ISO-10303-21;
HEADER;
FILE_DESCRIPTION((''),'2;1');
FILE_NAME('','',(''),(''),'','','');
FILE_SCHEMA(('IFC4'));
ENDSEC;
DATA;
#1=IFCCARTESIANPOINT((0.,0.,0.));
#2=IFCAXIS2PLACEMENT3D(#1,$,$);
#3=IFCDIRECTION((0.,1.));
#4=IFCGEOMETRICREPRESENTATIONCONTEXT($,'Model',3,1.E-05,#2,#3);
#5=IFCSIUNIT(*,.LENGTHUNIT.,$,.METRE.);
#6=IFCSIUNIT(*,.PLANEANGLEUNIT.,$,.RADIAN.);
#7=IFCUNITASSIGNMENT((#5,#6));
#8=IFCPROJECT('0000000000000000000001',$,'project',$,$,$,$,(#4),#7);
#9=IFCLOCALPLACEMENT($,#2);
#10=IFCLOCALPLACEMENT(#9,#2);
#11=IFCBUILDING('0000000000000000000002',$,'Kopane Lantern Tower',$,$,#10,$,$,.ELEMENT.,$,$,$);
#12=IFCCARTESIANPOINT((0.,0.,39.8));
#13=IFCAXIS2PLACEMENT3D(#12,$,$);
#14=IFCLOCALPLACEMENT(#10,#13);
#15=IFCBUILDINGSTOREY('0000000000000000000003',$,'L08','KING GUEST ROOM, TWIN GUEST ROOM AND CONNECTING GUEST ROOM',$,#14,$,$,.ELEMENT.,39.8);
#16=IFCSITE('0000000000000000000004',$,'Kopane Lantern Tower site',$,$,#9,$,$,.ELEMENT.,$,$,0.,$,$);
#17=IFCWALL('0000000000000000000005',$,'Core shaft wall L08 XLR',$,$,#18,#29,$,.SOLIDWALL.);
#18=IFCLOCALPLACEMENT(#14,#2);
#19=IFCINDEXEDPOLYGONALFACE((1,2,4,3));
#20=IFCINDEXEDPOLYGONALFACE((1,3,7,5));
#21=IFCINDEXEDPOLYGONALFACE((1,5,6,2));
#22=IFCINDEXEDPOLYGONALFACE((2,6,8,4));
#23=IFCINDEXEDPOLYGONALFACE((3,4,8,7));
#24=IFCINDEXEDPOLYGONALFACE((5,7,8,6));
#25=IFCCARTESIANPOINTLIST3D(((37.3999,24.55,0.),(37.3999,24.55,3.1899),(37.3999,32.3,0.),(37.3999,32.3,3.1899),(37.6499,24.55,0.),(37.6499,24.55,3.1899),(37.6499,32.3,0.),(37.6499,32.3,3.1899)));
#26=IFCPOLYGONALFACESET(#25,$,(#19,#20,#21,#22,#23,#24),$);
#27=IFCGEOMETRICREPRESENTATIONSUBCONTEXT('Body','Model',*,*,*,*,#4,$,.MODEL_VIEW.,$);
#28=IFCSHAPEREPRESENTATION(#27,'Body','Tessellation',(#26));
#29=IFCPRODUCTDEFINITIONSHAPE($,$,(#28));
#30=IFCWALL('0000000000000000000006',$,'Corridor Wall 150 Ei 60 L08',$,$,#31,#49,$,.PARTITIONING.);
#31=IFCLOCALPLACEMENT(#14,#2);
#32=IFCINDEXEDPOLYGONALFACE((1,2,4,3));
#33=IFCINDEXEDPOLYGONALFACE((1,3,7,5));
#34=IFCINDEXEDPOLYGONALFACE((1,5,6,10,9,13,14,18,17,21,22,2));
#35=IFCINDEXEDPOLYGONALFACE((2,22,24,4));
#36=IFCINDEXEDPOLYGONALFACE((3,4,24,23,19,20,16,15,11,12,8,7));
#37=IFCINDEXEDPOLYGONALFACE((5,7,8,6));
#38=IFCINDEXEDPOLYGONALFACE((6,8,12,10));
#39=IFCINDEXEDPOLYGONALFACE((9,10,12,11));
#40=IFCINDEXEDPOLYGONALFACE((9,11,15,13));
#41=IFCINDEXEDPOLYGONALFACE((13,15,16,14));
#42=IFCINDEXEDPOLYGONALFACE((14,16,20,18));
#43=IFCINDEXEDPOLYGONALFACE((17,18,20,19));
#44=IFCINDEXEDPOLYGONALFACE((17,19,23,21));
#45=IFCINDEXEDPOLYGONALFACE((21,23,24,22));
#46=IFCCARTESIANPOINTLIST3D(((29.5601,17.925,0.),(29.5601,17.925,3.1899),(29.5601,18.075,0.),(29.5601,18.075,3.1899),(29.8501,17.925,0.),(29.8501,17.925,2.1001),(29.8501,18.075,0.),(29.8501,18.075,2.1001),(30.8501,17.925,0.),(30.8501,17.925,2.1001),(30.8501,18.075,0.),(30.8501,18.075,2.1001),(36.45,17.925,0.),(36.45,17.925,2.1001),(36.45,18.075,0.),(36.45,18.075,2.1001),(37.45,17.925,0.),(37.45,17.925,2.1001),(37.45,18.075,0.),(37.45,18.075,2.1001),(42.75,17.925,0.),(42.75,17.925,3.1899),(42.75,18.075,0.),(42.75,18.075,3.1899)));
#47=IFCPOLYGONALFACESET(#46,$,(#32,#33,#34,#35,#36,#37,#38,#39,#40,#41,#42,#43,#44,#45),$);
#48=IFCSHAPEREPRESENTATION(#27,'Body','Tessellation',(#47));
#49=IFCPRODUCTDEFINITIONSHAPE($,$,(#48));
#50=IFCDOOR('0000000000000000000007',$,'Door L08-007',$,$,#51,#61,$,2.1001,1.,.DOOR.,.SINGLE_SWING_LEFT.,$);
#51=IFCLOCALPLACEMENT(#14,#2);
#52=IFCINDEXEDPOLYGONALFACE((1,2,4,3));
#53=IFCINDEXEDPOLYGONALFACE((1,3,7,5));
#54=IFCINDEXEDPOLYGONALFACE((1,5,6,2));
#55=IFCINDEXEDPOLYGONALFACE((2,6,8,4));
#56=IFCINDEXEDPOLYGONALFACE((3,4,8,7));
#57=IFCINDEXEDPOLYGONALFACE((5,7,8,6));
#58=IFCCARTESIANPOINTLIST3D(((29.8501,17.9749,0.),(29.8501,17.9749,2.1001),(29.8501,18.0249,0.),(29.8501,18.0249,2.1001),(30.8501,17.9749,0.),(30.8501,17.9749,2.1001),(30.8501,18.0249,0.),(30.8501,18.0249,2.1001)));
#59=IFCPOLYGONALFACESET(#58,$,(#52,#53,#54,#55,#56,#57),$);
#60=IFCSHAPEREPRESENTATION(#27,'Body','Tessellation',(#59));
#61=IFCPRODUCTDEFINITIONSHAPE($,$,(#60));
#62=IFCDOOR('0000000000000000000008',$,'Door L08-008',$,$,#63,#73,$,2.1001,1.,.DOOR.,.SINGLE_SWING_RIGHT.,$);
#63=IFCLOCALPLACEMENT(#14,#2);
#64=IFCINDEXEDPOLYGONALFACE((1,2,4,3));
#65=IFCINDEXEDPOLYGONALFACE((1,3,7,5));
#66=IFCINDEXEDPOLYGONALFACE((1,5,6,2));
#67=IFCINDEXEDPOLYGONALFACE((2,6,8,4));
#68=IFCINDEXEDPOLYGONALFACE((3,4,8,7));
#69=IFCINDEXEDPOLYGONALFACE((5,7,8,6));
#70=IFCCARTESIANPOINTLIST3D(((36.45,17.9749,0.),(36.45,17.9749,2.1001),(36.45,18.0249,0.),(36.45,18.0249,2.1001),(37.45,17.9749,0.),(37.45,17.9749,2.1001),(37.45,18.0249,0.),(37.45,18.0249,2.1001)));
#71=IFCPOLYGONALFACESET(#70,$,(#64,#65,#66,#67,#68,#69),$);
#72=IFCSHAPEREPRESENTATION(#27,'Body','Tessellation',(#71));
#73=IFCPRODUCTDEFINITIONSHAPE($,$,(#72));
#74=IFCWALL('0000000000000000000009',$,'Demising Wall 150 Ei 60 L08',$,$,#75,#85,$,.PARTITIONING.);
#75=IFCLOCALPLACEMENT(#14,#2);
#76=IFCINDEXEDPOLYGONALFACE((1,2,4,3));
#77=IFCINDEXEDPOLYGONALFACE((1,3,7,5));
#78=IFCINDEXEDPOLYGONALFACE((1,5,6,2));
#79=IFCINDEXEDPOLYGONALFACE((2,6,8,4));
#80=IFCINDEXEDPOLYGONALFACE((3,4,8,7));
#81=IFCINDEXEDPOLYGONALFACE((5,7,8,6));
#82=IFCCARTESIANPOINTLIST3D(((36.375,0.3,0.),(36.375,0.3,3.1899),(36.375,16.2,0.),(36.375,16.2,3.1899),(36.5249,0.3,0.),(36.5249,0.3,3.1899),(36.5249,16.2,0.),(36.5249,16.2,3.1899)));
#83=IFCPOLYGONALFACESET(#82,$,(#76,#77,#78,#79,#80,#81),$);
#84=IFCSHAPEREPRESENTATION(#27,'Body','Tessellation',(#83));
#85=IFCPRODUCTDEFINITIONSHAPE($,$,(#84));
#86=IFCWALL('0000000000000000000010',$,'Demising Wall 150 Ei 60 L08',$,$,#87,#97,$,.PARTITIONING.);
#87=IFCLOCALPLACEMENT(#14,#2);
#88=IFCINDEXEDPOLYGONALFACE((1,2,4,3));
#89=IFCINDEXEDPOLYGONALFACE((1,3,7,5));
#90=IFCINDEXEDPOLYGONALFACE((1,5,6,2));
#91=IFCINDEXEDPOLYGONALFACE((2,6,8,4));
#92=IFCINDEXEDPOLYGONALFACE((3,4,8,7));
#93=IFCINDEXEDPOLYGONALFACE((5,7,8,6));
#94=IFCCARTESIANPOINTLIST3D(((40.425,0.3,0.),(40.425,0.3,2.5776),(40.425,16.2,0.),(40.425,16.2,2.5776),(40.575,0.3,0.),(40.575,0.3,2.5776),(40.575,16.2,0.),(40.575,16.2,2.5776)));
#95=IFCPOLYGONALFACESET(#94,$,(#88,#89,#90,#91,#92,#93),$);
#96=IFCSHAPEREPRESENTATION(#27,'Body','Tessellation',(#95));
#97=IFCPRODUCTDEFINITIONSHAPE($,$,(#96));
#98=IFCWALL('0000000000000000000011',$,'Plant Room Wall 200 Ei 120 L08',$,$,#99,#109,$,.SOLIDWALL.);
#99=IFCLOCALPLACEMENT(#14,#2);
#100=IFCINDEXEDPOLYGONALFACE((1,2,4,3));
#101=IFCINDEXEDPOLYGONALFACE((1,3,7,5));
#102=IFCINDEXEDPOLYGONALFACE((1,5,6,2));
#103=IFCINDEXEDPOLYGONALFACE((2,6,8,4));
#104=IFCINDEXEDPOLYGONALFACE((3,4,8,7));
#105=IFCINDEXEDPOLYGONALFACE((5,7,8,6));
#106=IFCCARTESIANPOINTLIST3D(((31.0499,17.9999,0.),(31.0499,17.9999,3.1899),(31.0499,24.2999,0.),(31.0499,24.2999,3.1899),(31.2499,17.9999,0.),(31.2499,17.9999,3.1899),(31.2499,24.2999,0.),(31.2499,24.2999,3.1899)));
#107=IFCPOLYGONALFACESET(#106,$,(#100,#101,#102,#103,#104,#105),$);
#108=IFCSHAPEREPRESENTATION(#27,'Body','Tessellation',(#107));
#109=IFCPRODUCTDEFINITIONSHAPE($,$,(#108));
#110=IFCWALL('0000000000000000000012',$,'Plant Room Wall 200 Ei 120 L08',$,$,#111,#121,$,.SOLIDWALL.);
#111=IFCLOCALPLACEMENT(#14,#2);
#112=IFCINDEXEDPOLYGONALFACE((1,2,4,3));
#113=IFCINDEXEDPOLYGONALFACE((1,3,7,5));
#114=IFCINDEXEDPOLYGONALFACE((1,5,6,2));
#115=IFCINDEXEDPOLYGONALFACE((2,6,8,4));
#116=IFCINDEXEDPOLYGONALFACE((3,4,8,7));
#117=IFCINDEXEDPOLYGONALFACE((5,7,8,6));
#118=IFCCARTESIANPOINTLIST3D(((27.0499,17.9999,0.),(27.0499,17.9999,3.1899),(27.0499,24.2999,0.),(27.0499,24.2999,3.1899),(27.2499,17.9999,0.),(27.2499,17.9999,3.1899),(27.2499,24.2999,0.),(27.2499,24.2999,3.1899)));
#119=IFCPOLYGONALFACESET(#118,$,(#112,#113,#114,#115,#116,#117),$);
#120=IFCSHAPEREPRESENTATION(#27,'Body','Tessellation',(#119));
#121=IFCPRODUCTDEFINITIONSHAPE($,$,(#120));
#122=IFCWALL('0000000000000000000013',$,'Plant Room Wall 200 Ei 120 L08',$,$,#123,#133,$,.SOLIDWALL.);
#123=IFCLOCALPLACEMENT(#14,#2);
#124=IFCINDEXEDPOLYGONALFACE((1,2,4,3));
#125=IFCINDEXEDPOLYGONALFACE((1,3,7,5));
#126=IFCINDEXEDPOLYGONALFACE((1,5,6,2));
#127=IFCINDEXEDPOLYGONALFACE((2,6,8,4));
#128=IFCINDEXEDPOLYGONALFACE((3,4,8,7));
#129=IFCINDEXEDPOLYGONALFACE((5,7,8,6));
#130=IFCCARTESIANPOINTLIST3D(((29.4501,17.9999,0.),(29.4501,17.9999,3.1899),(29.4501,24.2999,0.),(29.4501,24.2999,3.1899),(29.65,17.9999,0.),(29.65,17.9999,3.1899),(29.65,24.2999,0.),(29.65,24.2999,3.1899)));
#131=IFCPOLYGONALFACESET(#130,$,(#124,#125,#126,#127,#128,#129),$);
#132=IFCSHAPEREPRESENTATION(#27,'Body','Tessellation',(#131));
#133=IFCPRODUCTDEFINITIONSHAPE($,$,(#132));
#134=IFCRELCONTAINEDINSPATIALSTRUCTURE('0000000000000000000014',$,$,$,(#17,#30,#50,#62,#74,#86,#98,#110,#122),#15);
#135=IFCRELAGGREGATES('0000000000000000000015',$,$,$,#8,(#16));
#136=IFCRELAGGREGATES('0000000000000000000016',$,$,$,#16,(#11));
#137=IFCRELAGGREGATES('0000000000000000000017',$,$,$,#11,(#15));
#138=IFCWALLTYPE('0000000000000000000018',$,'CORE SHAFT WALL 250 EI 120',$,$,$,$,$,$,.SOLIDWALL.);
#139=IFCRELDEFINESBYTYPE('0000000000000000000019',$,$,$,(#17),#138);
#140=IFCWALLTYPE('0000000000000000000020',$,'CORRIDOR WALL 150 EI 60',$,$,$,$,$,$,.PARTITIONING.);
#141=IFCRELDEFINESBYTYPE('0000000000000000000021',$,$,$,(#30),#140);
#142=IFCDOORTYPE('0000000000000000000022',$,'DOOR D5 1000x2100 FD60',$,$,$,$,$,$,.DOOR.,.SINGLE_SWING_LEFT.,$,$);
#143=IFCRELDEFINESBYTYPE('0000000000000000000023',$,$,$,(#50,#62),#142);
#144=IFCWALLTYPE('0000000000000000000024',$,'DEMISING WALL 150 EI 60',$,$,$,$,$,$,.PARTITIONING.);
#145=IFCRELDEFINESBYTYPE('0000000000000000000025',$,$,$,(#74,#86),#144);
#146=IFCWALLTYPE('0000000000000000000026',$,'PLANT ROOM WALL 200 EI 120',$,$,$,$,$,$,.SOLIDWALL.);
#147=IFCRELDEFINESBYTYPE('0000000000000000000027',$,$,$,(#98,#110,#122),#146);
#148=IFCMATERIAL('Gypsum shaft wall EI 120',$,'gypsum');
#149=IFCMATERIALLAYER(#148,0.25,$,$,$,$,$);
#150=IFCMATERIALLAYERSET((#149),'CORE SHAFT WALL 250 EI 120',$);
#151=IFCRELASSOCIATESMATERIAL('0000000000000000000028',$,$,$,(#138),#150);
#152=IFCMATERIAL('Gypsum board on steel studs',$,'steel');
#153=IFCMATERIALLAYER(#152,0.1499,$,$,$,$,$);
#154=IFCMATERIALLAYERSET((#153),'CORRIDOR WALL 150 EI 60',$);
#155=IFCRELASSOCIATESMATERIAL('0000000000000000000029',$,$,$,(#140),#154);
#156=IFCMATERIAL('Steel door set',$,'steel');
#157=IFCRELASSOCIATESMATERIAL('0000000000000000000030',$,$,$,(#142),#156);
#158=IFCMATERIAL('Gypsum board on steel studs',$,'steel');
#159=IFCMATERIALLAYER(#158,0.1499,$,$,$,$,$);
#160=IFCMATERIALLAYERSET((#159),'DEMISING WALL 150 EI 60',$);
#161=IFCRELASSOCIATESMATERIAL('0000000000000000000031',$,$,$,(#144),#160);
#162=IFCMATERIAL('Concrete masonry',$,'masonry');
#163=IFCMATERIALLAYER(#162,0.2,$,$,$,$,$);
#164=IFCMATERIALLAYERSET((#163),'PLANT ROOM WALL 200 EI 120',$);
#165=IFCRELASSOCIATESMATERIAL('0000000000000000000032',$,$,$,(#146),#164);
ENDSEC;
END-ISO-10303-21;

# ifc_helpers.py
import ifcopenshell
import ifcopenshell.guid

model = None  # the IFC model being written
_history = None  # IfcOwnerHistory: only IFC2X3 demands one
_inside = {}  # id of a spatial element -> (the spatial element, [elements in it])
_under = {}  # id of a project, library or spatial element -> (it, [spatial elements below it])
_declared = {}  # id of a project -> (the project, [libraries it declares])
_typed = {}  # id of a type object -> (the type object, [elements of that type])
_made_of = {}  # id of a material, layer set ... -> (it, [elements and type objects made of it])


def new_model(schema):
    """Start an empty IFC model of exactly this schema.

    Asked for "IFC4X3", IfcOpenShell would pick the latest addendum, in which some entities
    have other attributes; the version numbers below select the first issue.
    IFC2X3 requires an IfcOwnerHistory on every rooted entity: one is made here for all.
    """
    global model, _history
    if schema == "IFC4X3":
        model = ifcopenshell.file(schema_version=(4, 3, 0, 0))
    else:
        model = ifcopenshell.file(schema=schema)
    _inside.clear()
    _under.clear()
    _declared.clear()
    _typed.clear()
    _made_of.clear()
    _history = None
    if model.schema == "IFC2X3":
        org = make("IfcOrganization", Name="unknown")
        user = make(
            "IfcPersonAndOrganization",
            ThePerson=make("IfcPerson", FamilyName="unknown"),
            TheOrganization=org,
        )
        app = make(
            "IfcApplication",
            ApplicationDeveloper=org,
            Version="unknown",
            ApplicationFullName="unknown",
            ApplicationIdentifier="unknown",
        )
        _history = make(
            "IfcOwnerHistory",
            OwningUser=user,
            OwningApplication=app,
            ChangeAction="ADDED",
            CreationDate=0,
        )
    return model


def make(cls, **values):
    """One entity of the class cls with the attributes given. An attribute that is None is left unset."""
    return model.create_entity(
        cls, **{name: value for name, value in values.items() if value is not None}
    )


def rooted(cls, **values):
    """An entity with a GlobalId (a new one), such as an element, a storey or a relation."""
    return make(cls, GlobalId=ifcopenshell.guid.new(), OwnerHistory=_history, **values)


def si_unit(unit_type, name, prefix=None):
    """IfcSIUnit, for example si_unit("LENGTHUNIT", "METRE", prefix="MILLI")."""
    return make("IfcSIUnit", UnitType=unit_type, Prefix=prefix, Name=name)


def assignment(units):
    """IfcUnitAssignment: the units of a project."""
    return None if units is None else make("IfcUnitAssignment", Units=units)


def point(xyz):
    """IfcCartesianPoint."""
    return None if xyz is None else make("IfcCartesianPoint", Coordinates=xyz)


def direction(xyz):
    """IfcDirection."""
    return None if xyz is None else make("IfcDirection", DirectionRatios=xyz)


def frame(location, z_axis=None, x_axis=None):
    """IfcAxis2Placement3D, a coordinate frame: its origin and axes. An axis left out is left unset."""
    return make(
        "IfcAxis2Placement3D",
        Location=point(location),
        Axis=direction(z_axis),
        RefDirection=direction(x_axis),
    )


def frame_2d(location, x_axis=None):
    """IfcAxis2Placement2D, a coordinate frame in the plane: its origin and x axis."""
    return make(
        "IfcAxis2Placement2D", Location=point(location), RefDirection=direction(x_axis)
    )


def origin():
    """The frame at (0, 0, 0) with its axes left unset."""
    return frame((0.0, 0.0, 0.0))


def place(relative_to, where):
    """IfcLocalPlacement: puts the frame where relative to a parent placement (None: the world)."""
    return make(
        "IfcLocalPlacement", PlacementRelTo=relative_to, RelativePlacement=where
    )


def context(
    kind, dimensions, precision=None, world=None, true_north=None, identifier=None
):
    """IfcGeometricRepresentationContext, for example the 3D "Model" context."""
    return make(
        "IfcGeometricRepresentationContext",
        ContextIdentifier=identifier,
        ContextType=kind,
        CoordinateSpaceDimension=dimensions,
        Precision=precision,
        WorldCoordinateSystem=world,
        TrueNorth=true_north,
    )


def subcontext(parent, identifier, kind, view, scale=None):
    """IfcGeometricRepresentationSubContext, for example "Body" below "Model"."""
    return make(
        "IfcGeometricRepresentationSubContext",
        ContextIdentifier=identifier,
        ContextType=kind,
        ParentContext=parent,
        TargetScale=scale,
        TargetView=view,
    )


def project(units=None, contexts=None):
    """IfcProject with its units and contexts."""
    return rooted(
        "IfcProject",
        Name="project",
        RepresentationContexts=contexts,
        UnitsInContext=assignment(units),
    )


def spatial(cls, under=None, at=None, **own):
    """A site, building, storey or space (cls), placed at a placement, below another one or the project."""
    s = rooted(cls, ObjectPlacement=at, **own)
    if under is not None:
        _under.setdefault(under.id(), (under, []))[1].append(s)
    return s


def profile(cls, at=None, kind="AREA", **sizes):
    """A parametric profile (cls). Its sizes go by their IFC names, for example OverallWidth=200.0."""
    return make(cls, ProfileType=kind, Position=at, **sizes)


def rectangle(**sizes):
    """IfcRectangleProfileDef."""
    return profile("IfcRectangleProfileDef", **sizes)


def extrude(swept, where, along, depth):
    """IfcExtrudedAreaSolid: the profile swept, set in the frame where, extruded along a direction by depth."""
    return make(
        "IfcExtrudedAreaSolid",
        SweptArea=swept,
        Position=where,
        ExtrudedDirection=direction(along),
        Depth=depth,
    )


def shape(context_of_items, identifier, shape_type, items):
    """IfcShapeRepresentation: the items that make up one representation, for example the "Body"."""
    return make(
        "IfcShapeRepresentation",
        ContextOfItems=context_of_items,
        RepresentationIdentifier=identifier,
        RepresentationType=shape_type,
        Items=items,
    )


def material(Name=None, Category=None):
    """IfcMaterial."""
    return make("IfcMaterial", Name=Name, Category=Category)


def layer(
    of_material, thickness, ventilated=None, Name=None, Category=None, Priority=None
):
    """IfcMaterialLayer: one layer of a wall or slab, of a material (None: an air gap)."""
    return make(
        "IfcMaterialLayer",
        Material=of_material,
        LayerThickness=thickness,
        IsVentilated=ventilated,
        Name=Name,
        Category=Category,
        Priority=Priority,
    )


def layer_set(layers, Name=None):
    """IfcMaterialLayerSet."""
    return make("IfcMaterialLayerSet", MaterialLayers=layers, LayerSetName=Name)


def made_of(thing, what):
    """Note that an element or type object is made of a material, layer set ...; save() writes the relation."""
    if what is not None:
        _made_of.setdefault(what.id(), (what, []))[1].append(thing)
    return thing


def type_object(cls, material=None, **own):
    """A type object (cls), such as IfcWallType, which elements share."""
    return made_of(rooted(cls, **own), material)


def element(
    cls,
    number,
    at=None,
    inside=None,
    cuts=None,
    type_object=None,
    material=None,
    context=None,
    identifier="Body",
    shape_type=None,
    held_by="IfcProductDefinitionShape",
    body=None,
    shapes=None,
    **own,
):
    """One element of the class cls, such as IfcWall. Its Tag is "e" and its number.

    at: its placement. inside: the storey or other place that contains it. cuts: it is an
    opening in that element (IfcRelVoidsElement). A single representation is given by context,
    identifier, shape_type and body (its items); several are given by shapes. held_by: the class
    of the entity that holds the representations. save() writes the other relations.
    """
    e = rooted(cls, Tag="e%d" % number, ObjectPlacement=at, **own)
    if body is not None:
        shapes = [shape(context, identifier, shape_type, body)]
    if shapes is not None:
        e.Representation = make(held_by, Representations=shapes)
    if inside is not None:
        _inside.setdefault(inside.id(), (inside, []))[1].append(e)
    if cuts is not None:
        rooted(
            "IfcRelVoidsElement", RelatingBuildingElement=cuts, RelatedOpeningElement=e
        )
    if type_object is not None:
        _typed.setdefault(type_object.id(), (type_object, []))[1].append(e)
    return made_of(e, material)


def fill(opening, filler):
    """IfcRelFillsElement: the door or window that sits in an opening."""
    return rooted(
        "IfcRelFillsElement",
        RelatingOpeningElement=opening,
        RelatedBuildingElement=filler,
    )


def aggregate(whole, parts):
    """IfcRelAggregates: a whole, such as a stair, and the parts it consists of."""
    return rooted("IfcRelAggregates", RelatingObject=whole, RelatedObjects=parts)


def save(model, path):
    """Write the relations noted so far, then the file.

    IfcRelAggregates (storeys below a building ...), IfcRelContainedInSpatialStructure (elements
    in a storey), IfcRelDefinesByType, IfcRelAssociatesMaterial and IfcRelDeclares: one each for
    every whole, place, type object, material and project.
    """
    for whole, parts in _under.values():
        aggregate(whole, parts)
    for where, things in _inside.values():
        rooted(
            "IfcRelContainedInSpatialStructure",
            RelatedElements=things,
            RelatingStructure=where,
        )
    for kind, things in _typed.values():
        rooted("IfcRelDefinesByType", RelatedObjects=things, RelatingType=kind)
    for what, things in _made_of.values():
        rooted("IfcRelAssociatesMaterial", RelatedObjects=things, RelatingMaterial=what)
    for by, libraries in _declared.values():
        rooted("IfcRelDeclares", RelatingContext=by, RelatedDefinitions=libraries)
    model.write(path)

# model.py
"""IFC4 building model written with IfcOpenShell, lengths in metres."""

from ifc_helpers import new_model, si_unit, direction, frame, frame_2d, origin, place, context, subcontext, project, spatial, rectangle, extrude, material, layer, layer_set, type_object, element, fill, save


model = new_model("IFC4")

# Units and contexts
model_context = context("Model", 3, precision=1e-05, world=origin(), true_north=direction((0.0, 1.0)))
body_context = subcontext(model_context, "Body", "Model", "MODEL_VIEW")
ifc_project = project(units=[si_unit("LENGTHUNIT", "METRE"), si_unit("PLANEANGLEUNIT", "RADIAN")], contexts=[model_context])

# Site, building, storey
site_placement = place(None, origin())
site = spatial("IfcSite", under=ifc_project, at=site_placement, Name="Kopane Lantern Tower site", CompositionType="ELEMENT", RefElevation=0.0)
building_placement = place(site_placement, origin())
building = spatial("IfcBuilding", under=site, at=building_placement, Name="Kopane Lantern Tower", CompositionType="ELEMENT")
storey_placement = place(building_placement, frame((0.0, 0.0, 39.8)))
storey = spatial("IfcBuildingStorey", under=building, at=storey_placement, Name="L08", Description="KING GUEST ROOM, TWIN GUEST ROOM AND CONNECTING GUEST ROOM", CompositionType="ELEMENT", Elevation=39.8)

# Wall
ifc_material_1 = material(Name="Gypsum shaft wall EI 120", Category="gypsum")
ifc_layer_1 = layer(ifc_material_1, 0.25)
ifc_layer_set_1 = layer_set([ifc_layer_1], Name="CORE SHAFT WALL 250 EI 120")
wall_type_1 = type_object("IfcWallType", Name="CORE SHAFT WALL 250 EI 120", PredefinedType="SOLIDWALL", material=ifc_layer_set_1)
wall_1_placement = place(storey_placement, frame((37.5249, 24.55, 0.0), z_axis=(0.0, 0.0, 1.0), x_axis=(0.0, 1.0, 0.0)))
element("IfcWall", 1, at=wall_1_placement, inside=storey, type_object=wall_type_1, Name="Core shaft wall L08 XLR", PredefinedType="SOLIDWALL", context=body_context, shape_type="SweptSolid", body=[
    extrude(rectangle(XDim=7.75, YDim=0.25, at=frame_2d((3.875, 0.0))), origin(), (0.0, 0.0, 1.0), 3.1899),
])

# Wall, openings, doors
ifc_material_2 = material(Name="Gypsum board on steel studs", Category="steel")
ifc_layer_2 = layer(ifc_material_2, 0.1499)
ifc_layer_set_2 = layer_set([ifc_layer_2], Name="CORRIDOR WALL 150 EI 60")
wall_type_2 = type_object("IfcWallType", Name="CORRIDOR WALL 150 EI 60", PredefinedType="PARTITIONING", material=ifc_layer_set_2)
wall_2_placement = place(storey_placement, frame((29.5601, 18.0, 0.0), z_axis=(0.0, 0.0, 1.0), x_axis=(1.0, 0.0, 0.0)))
wall_2 = element("IfcWall", 2, at=wall_2_placement, inside=storey, type_object=wall_type_2, Name="Corridor Wall 150 Ei 60 L08", PredefinedType="PARTITIONING", context=body_context, shape_type="SweptSolid", body=[
    extrude(rectangle(XDim=13.1899, YDim=0.1499, at=frame_2d((6.595, 0.0))), origin(), (0.0, 0.0, 1.0), 3.1899),
])
opening_1_placement = place(wall_2_placement, frame((0.29, 0.0, 0.0)))
opening_1 = element("IfcOpeningElement", 3, at=opening_1_placement, cuts=wall_2, PredefinedType="OPENING", context=body_context, shape_type="SweptSolid", body=[
    extrude(rectangle(XDim=1.0, YDim=2.1001, at=frame_2d((0.5, 1.05))), frame((0.0, 0.085, 0.0), z_axis=(0.0, -1.0, 0.0), x_axis=(1.0, 0.0, 0.0)), (0.0, 0.0, 1.0), 0.1699),
])
opening_2_placement = place(wall_2_placement, frame((6.8899, 0.0, 0.0)))
opening_2 = element("IfcOpeningElement", 4, at=opening_2_placement, cuts=wall_2, PredefinedType="OPENING", context=body_context, shape_type="SweptSolid", body=[
    extrude(rectangle(XDim=1.0, YDim=2.1001, at=frame_2d((0.5, 1.05))), frame((0.0, 0.085, 0.0), z_axis=(0.0, -1.0, 0.0), x_axis=(1.0, 0.0, 0.0)), (0.0, 0.0, 1.0), 0.1699),
])
ifc_material_3 = material(Name="Steel door set", Category="steel")
door_type_1 = type_object("IfcDoorType", Name="DOOR D5 1000x2100 FD60", OperationType="SINGLE_SWING_LEFT", PredefinedType="DOOR", material=ifc_material_3)
door_1_placement = place(opening_1_placement, origin())
door_1 = element("IfcDoor", 5, at=door_1_placement, inside=storey, type_object=door_type_1, Name="Door L08-007", OperationType="SINGLE_SWING_LEFT", OverallHeight=2.1001, OverallWidth=1.0, PredefinedType="DOOR", context=body_context, shape_type="SweptSolid", body=[
    extrude(rectangle(XDim=1.0, YDim=2.1001, at=frame_2d((0.5, 1.05))), frame((0.0, 0.0249, 0.0), z_axis=(0.0, -1.0, 0.0), x_axis=(1.0, 0.0, 0.0)), (0.0, 0.0, 1.0), 0.05),
])
fill(opening_1, door_1)
door_2_placement = place(opening_2_placement, origin())
door_2 = element("IfcDoor", 6, at=door_2_placement, inside=storey, type_object=door_type_1, Name="Door L08-008", OperationType="SINGLE_SWING_RIGHT", OverallHeight=2.1001, OverallWidth=1.0, PredefinedType="DOOR", context=body_context, shape_type="SweptSolid", body=[
    extrude(rectangle(XDim=1.0, YDim=2.1001, at=frame_2d((0.5, 1.05))), frame((0.0, 0.0249, 0.0), z_axis=(0.0, -1.0, 0.0), x_axis=(1.0, 0.0, 0.0)), (0.0, 0.0, 1.0), 0.05),
])
fill(opening_2, door_2)

# Walls
ifc_material_4 = material(Name="Gypsum board on steel studs", Category="steel")
ifc_layer_3 = layer(ifc_material_4, 0.1499)
ifc_layer_set_3 = layer_set([ifc_layer_3], Name="DEMISING WALL 150 EI 60")
wall_type_3 = type_object("IfcWallType", Name="DEMISING WALL 150 EI 60", PredefinedType="PARTITIONING", material=ifc_layer_set_3)
wall_3_placement = place(storey_placement, frame((36.45, 16.2, 0.0), z_axis=(0.0, 0.0, 1.0), x_axis=(0.0, -1.0, 0.0)))
element("IfcWall", 7, at=wall_3_placement, inside=storey, type_object=wall_type_3, Name="Demising Wall 150 Ei 60 L08", PredefinedType="PARTITIONING", context=body_context, shape_type="SweptSolid", body=[
    extrude(rectangle(XDim=15.8999, YDim=0.1499, at=frame_2d((7.95, 0.0))), origin(), (0.0, 0.0, 1.0), 3.1899),
])
wall_4_placement = place(storey_placement, frame((40.5, 16.2, 0.0), z_axis=(0.0, 0.0, 1.0), x_axis=(0.0, -1.0, 0.0)))
element("IfcWall", 8, at=wall_4_placement, inside=storey, type_object=wall_type_3, Name="Demising Wall 150 Ei 60 L08", PredefinedType="PARTITIONING", context=body_context, shape_type="SweptSolid", body=[
    extrude(rectangle(XDim=15.8999, YDim=0.1499, at=frame_2d((7.95, 0.0))), origin(), (0.0, 0.0, 1.0), 2.5776),
])
ifc_material_5 = material(Name="Concrete masonry", Category="masonry")
ifc_layer_4 = layer(ifc_material_5, 0.2)
ifc_layer_set_4 = layer_set([ifc_layer_4], Name="PLANT ROOM WALL 200 EI 120")
wall_type_4 = type_object("IfcWallType", Name="PLANT ROOM WALL 200 EI 120", PredefinedType="SOLIDWALL", material=ifc_layer_set_4)
for number, where, z_axis, x_axis, name in (
    (9, (31.1499, 18.0, 0.0), (0.0, 0.0, 1.0), (0.0, 1.0, 0.0), "Plant Room Wall 200 Ei 120 L08"),
    (10, (27.1499, 18.0, 0.0), (0.0, 0.0, 1.0), (0.0, 1.0, 0.0), "Plant Room Wall 200 Ei 120 L08"),
    (11, (29.55, 18.0, 0.0), (0.0, 0.0, 1.0), (0.0, 1.0, 0.0), "Plant Room Wall 200 Ei 120 L08"),
):
    element("IfcWall", number, at=place(storey_placement, frame(where, z_axis=z_axis, x_axis=x_axis)), inside=storey, type_object=wall_type_4, Name=name, PredefinedType="SOLIDWALL", context=body_context, shape_type="SweptSolid", body=[
        extrude(rectangle(XDim=6.3, YDim=0.2, at=frame_2d((3.1499, 0.0))), origin(), (0.0, 0.0, 1.0), 3.1899),
    ])

save(model, "model.ifc")
